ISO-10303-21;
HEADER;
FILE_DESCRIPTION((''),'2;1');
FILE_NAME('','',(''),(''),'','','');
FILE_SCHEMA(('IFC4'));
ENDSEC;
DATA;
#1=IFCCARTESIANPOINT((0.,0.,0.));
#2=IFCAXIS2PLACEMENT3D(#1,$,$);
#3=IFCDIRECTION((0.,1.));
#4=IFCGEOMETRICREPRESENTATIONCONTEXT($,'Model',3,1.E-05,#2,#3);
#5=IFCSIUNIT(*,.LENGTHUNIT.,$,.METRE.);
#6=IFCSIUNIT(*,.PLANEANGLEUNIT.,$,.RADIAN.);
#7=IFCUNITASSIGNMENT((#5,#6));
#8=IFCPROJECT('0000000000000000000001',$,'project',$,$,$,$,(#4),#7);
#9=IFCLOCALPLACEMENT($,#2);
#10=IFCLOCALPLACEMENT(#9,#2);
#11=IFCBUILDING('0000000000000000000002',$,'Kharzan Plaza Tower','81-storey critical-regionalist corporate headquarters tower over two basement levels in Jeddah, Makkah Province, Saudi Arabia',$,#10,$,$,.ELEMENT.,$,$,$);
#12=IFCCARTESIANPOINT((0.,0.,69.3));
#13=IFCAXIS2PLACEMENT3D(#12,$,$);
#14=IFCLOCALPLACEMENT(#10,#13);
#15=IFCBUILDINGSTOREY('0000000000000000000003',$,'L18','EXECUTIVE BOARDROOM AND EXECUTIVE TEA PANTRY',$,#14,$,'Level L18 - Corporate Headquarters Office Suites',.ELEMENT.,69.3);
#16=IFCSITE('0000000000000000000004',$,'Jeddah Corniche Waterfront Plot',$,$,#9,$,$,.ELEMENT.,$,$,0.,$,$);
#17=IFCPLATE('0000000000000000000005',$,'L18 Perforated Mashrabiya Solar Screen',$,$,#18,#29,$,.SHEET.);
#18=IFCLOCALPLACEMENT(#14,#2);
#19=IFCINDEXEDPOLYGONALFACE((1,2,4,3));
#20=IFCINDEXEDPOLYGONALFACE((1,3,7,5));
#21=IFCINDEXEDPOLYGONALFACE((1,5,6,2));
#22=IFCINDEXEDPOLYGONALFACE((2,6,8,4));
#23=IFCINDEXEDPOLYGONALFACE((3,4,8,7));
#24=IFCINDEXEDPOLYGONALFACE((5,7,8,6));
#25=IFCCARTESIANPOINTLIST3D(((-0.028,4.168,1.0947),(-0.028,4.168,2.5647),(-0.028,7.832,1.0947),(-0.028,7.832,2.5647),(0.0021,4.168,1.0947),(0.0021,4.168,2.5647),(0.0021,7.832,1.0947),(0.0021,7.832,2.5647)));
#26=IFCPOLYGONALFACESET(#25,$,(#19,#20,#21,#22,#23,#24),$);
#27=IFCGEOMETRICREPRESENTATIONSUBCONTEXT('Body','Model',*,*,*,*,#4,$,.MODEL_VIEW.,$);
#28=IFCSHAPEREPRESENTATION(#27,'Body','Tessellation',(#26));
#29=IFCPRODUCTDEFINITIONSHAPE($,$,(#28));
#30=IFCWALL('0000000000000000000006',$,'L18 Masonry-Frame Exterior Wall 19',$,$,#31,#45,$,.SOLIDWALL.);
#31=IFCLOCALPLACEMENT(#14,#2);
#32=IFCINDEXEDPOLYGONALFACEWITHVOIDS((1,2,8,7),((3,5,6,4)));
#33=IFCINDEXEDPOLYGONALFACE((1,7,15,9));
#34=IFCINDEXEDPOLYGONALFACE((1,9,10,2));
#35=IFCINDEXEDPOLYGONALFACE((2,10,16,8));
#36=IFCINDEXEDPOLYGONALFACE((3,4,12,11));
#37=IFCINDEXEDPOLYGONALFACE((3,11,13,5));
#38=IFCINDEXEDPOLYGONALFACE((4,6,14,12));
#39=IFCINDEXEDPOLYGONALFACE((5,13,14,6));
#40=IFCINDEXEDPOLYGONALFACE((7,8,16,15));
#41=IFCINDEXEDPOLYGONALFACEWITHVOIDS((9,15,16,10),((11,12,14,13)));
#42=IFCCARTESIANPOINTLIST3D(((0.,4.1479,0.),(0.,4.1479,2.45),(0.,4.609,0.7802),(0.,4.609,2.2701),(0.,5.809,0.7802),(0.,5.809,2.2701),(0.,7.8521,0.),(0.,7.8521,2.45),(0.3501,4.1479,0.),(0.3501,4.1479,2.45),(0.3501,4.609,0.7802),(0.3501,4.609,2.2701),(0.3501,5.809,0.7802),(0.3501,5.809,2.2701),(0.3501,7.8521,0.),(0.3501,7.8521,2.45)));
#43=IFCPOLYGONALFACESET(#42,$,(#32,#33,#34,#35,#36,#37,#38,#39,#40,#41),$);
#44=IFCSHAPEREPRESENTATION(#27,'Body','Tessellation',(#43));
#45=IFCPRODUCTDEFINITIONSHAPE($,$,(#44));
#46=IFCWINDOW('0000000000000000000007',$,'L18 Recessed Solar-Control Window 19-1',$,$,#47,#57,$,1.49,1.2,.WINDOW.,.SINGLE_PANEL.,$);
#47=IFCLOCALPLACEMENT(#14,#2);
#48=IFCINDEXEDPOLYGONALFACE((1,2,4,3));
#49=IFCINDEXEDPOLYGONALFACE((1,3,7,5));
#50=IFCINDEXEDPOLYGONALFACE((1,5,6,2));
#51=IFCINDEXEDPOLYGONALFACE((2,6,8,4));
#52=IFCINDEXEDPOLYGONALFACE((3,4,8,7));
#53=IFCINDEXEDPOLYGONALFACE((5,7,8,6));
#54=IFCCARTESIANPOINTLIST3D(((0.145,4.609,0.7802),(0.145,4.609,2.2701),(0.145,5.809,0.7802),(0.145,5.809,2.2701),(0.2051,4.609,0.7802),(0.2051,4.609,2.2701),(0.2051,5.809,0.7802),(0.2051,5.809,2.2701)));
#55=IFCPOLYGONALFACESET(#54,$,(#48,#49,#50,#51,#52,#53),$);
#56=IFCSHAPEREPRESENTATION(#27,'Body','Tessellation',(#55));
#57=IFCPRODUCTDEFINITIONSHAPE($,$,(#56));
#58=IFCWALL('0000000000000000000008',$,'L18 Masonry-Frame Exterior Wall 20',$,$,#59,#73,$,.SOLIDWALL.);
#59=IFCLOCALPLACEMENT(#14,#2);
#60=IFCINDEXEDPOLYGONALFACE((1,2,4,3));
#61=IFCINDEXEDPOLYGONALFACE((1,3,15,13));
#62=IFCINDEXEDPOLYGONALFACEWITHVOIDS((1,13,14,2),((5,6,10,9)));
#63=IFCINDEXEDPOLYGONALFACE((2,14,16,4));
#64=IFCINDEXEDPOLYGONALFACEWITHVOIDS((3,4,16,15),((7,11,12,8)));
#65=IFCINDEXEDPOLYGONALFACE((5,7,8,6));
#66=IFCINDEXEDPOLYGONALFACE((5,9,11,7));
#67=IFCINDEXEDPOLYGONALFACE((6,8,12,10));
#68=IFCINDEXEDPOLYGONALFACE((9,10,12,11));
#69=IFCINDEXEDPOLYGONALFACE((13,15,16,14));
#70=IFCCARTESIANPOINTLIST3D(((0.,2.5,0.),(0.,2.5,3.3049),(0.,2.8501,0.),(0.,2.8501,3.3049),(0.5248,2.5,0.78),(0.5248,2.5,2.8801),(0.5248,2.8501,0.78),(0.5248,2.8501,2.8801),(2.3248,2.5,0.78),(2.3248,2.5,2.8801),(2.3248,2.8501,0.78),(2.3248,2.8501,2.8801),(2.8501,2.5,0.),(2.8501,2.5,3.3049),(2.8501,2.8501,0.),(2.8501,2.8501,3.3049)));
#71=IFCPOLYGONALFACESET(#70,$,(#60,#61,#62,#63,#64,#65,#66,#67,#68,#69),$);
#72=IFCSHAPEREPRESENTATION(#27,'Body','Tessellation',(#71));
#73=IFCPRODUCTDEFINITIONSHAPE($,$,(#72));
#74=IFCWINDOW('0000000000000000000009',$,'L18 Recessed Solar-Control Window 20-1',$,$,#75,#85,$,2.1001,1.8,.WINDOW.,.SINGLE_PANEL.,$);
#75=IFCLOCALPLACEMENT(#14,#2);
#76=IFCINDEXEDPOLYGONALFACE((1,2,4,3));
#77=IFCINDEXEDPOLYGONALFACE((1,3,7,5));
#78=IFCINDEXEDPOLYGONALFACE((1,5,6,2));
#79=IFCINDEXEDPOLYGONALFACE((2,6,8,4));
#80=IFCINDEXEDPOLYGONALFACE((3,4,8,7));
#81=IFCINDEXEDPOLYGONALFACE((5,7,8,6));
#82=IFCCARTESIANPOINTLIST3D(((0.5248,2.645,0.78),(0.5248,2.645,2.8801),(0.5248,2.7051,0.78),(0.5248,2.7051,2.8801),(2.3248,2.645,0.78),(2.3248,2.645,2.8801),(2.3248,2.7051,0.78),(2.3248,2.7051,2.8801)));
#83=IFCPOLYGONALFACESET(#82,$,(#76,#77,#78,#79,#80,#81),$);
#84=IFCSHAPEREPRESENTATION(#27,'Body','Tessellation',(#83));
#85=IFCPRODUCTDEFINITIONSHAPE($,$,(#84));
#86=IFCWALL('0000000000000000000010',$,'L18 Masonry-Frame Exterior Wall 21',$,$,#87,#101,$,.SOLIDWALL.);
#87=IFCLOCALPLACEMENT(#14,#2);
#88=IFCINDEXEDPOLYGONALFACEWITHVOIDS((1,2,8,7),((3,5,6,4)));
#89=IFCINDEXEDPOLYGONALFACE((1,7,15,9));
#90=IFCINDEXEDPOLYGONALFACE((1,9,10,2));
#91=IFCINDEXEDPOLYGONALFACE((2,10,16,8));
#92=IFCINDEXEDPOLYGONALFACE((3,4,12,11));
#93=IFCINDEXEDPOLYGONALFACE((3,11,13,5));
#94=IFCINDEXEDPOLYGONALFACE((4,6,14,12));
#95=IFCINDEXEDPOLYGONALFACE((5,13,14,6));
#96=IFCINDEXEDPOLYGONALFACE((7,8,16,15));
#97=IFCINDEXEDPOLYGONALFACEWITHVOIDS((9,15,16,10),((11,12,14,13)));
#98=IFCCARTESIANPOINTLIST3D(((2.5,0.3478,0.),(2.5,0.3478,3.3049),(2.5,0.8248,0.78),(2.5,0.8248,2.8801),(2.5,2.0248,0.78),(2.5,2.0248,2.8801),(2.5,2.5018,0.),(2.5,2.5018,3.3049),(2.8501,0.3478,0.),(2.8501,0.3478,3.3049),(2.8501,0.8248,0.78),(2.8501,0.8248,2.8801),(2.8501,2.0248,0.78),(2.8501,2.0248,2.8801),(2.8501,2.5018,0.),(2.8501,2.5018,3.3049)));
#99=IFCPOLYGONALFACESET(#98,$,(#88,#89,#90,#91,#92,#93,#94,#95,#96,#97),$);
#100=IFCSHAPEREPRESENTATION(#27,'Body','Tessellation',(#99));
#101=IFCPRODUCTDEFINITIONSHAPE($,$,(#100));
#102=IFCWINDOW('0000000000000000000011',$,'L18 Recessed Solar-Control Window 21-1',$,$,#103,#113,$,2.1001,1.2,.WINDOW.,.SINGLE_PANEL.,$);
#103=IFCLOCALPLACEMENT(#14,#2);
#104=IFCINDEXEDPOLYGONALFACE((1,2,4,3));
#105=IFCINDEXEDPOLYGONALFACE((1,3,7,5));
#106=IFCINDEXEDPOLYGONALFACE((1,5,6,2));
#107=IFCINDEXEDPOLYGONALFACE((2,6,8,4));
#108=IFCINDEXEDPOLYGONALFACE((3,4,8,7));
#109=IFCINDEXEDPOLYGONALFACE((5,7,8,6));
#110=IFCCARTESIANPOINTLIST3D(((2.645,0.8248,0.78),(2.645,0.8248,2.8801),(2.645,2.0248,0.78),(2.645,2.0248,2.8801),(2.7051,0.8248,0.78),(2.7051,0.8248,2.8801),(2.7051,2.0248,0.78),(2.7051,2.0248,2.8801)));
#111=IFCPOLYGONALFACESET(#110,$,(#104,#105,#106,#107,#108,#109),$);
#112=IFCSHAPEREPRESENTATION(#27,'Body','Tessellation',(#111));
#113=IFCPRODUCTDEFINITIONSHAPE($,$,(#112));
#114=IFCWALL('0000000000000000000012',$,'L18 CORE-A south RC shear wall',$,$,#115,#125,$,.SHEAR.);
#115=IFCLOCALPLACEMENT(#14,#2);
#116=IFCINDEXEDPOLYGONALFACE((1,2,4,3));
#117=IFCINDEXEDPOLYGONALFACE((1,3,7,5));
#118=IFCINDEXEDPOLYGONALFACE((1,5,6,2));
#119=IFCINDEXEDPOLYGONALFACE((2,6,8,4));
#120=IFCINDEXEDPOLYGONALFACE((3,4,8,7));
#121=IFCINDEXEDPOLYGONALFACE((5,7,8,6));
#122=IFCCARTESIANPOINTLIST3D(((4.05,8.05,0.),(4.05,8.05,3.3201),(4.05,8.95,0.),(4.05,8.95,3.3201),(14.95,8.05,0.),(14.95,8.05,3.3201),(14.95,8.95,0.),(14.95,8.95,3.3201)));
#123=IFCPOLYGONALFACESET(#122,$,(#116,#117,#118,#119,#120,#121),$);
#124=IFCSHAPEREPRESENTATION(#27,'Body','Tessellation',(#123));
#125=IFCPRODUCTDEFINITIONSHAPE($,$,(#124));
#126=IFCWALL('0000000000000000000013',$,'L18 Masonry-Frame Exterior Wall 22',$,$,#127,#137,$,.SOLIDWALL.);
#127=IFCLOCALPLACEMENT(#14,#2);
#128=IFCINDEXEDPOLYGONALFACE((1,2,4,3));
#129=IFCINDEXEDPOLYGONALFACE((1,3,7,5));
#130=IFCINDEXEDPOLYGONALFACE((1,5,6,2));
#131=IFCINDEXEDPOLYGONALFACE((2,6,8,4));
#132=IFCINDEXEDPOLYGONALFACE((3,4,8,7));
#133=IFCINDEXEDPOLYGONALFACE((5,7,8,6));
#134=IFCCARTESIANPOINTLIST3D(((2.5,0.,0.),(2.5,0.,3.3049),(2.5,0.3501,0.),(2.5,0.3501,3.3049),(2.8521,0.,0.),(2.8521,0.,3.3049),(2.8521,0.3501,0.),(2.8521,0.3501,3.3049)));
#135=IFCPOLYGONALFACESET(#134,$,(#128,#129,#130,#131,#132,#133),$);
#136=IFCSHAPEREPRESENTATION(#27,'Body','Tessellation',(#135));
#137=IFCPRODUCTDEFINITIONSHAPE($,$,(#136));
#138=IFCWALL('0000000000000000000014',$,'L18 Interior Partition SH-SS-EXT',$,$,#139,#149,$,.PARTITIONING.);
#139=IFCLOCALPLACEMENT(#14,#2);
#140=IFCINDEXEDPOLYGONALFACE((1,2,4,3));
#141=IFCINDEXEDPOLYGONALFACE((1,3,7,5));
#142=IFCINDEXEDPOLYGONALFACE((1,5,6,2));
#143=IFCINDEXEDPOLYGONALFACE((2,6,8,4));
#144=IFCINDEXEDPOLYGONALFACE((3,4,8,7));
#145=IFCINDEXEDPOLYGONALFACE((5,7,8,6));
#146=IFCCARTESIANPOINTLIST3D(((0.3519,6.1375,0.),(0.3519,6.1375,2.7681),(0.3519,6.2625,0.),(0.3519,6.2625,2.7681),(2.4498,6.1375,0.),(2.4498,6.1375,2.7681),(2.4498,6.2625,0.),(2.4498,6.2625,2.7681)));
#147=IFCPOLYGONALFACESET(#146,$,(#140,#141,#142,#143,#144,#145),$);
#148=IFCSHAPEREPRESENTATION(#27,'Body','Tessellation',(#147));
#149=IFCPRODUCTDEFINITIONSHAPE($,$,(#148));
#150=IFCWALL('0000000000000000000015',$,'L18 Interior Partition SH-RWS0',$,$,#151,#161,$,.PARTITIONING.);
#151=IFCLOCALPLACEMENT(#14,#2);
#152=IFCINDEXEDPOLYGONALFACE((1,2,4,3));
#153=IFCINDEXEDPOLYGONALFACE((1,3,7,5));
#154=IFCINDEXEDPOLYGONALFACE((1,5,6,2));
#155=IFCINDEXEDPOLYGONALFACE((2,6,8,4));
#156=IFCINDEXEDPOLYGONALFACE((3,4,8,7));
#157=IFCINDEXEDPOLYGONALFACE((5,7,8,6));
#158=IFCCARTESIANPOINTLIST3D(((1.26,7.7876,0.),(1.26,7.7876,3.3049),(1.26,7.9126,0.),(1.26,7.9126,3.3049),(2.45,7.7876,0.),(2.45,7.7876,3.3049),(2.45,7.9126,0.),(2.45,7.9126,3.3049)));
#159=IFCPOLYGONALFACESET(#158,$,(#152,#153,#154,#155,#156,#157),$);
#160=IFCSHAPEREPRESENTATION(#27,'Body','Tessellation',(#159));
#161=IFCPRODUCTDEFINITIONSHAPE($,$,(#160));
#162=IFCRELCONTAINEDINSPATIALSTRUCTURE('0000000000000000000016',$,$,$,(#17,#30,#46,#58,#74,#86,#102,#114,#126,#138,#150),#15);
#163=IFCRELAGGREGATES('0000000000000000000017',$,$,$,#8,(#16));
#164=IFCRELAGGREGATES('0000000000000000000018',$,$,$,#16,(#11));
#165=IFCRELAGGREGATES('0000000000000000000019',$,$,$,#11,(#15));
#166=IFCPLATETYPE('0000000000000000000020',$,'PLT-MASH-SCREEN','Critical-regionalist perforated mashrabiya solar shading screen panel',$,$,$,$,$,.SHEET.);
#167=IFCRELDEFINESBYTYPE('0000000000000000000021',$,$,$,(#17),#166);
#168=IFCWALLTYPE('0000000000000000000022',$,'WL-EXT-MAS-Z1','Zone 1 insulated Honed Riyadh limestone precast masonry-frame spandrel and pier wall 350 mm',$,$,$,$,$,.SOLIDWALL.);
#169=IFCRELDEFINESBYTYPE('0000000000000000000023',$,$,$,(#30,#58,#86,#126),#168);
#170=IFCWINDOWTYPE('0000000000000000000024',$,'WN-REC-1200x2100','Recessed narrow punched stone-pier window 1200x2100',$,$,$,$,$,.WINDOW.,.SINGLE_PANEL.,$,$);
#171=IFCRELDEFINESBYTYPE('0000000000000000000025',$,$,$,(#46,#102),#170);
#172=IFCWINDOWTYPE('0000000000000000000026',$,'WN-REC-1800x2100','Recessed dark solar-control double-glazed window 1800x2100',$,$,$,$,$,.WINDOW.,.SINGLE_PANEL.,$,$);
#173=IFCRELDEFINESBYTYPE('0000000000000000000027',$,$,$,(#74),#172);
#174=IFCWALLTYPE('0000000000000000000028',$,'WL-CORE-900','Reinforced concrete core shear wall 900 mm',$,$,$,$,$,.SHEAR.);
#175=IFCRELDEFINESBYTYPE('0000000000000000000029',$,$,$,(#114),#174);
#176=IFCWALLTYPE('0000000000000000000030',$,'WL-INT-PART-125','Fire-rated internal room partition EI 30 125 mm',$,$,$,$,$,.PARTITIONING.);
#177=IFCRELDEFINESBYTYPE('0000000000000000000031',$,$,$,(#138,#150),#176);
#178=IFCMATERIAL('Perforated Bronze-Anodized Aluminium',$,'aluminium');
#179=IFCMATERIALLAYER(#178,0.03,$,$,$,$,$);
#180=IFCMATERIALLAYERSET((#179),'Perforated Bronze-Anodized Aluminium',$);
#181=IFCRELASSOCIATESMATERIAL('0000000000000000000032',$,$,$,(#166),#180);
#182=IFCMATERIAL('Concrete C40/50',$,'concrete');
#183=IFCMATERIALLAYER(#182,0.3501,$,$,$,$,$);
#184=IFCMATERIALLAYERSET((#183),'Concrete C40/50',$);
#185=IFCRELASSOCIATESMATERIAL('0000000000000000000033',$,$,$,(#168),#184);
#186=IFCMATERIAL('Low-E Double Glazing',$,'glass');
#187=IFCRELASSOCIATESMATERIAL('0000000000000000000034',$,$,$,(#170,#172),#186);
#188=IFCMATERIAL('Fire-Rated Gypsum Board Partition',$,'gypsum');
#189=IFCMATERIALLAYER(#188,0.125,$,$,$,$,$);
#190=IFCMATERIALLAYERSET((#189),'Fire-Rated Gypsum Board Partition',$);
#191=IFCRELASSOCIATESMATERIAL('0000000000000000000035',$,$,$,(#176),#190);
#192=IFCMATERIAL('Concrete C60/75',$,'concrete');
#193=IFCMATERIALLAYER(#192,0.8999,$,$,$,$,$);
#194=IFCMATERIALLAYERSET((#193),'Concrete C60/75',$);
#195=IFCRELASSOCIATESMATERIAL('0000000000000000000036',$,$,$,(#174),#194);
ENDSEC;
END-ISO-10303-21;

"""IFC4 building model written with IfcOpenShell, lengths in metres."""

from ifc_helpers import new_model, si_unit, direction, frame, frame_2d, origin, origin_2d, place, context, subcontext, project, spatial, rectangle, extrude, source, transform, mapped, material, layer, layer_set, type_object, element, fill, save


model = new_model("IFC4")

# Units and contexts
model_context = context("Model", 3, precision=1e-05, world=origin(), true_north=direction((0.0, 1.0)))
body_context = subcontext(model_context, "Body", "Model", "MODEL_VIEW")
ifc_project = project(units=[si_unit("LENGTHUNIT", "METRE"), si_unit("PLANEANGLEUNIT", "RADIAN")], contexts=[model_context])

# Site, building, storey
site_placement = place(None, origin())
site = spatial("IfcSite", under=ifc_project, at=site_placement, Name="Jeddah Corniche Waterfront Plot", CompositionType="ELEMENT", RefElevation=0.0)
building_placement = place(site_placement, origin())
building = spatial("IfcBuilding", under=site, at=building_placement, Name="Kharzan Plaza Tower", Description="81-storey critical-regionalist corporate headquarters tower over two basement levels in Jeddah, Makkah Province, Saudi Arabia", CompositionType="ELEMENT")
storey_placement = place(building_placement, frame((0.0, 0.0, 69.3)))
storey = spatial("IfcBuildingStorey", under=building, at=storey_placement, Name="L18", Description="EXECUTIVE BOARDROOM AND EXECUTIVE TEA PANTRY", LongName="Level L18 - Corporate Headquarters Office Suites", CompositionType="ELEMENT", Elevation=69.3)

# Shared definitions
ifc_material_1 = material(Name="Concrete C60/75", Category="concrete")

# Shared definitions
ifc_material_2 = material(Name="Concrete C40/50", Category="concrete")

# Plate
ifc_material_3 = material(Name="Perforated Bronze-Anodized Aluminium", Category="aluminium")
ifc_layer_1 = layer(ifc_material_3, 0.03)
ifc_layer_set_1 = layer_set([ifc_layer_1], Name="Perforated Bronze-Anodized Aluminium")
plate_type = type_object("IfcPlateType", Name="PLT-MASH-SCREEN", Description="Critical-regionalist perforated mashrabiya solar shading screen panel", PredefinedType="SHEET", material=ifc_layer_set_1)
shared_shape_1 = source(origin(), body_context, "Body", "SweptSolid", [
    extrude(rectangle(XDim=3.6641, YDim=0.03, at=origin_2d()), origin(), (0.0, 0.0, 1.0), 1.47),
])
plate_placement = place(storey_placement, frame((-0.0129, 6.0, 1.0947), z_axis=(0.0, 0.0, 1.0), x_axis=(0.0, -1.0, 0.0)))
element("IfcPlate", 1, at=plate_placement, inside=storey, type_object=plate_type, Name="L18 Perforated Mashrabiya Solar Screen", PredefinedType="SHEET", context=body_context, shape_type="MappedRepresentation", body=[
    mapped(shared_shape_1, transform((0.0, 0.0, 0.0), x_axis=(1.0, 0.0, 0.0), y_axis=(0.0, 1.0, 0.0), z_axis=(0.0, 0.0, 1.0))),
])

# Walls, openings, windows
ifc_layer_2 = layer(ifc_material_2, 0.3501)
ifc_layer_set_2 = layer_set([ifc_layer_2], Name="Concrete C40/50")
wall_type_1 = type_object("IfcWallType", Name="WL-EXT-MAS-Z1", Description="Zone 1 insulated Honed Riyadh limestone precast masonry-frame spandrel and pier wall 350 mm", PredefinedType="SOLIDWALL", material=ifc_layer_set_2)
wall_1_placement = place(storey_placement, frame((0.175, 7.8521, 0.0), z_axis=(0.0, 0.0, 1.0), x_axis=(0.0, -1.0, 0.0)))
wall_1 = element("IfcWall", 2, at=wall_1_placement, inside=storey, type_object=wall_type_1, Name="L18 Masonry-Frame Exterior Wall 19", PredefinedType="SOLIDWALL", context=body_context, shape_type="SweptSolid", body=[
    extrude(rectangle(XDim=3.7041, YDim=0.3501, at=frame_2d((1.8521, 0.0))), origin(), (0.0, 0.0, 1.0), 2.45),
])
opening_1_placement = place(wall_1_placement, frame((2.043, 0.0, 0.78)))
opening_1 = element("IfcOpeningElement", 3, at=opening_1_placement, cuts=wall_1, PredefinedType="OPENING", context=body_context, shape_type="SweptSolid", body=[
    extrude(rectangle(XDim=1.2, YDim=1.49, at=frame_2d((0.6001, 0.7451))), frame((0.0, 0.1851, 0.0), z_axis=(0.0, -1.0, 0.0), x_axis=(1.0, 0.0, 0.0)), (0.0, 0.0, 1.0), 0.3701),
])
ifc_material_4 = material(Name="Low-E Double Glazing", Category="glass")
window_type_1 = type_object("IfcWindowType", Name="WN-REC-1200x2100", Description="Recessed narrow punched stone-pier window 1200x2100", PartitioningType="SINGLE_PANEL", PredefinedType="WINDOW", material=ifc_material_4)
shared_shape_2 = source(origin(), body_context, "Body", "SweptSolid", [
    extrude(rectangle(XDim=1.2, YDim=1.49, at=frame_2d((0.6001, 0.7451))), frame((0.0, 0.03, 0.0), z_axis=(0.0, -1.0, 0.0), x_axis=(1.0, 0.0, 0.0)), (0.0, 0.0, 1.0), 0.0601),
])
window_1_placement = place(opening_1_placement, origin())
window_1 = element("IfcWindow", 4, at=window_1_placement, inside=storey, type_object=window_type_1, Name="L18 Recessed Solar-Control Window 19-1", OverallHeight=1.49, OverallWidth=1.2, PartitioningType="SINGLE_PANEL", PredefinedType="WINDOW", context=body_context, shape_type="MappedRepresentation", body=[
    mapped(shared_shape_2, transform((0.0, 0.0, 0.0), x_axis=(1.0, 0.0, 0.0), y_axis=(0.0, 1.0, 0.0), z_axis=(0.0, 0.0, 1.0))),
])
fill(opening_1, window_1)
wall_2_placement = place(storey_placement, frame((0.0, 2.675, 0.0), z_axis=(0.0, 0.0, 1.0), x_axis=(1.0, 0.0, 0.0)))
wall_2 = element("IfcWall", 5, at=wall_2_placement, inside=storey, type_object=wall_type_1, Name="L18 Masonry-Frame Exterior Wall 20", PredefinedType="SOLIDWALL", context=body_context, shape_type="SweptSolid", body=[
    extrude(rectangle(XDim=2.8501, YDim=0.3501, at=frame_2d((1.425, 0.0))), origin(), (0.0, 0.0, 1.0), 3.3049),
])
opening_2_placement = place(wall_2_placement, frame((0.5249, 0.0, 0.78)))
opening_2 = element("IfcOpeningElement", 6, at=opening_2_placement, cuts=wall_2, PredefinedType="OPENING", context=body_context, shape_type="SweptSolid", body=[
    extrude(rectangle(XDim=1.8, YDim=2.1001, at=frame_2d((0.8999, 1.05))), frame((0.0, 0.1851, 0.0), z_axis=(0.0, -1.0, 0.0), x_axis=(1.0, 0.0, 0.0)), (0.0, 0.0, 1.0), 0.3701),
])
window_type_2 = type_object("IfcWindowType", Name="WN-REC-1800x2100", Description="Recessed dark solar-control double-glazed window 1800x2100", PartitioningType="SINGLE_PANEL", PredefinedType="WINDOW", material=ifc_material_4)
shared_shape_3 = source(origin(), body_context, "Body", "SweptSolid", [
    extrude(rectangle(XDim=1.8, YDim=2.1001, at=frame_2d((0.8999, 1.05))), frame((0.0, 0.03, 0.0), z_axis=(0.0, -1.0, 0.0), x_axis=(1.0, 0.0, 0.0)), (0.0, 0.0, 1.0), 0.0601),
])
window_2_placement = place(opening_2_placement, origin())
window_2 = element("IfcWindow", 7, at=window_2_placement, inside=storey, type_object=window_type_2, Name="L18 Recessed Solar-Control Window 20-1", OverallHeight=2.1001, OverallWidth=1.8, PartitioningType="SINGLE_PANEL", PredefinedType="WINDOW", context=body_context, shape_type="MappedRepresentation", body=[
    mapped(shared_shape_3, transform((0.0, 0.0, 0.0), x_axis=(1.0, 0.0, 0.0), y_axis=(0.0, 1.0, 0.0), z_axis=(0.0, 0.0, 1.0))),
])
fill(opening_2, window_2)
wall_3_placement = place(storey_placement, frame((2.675, 2.502, 0.0), z_axis=(0.0, 0.0, 1.0), x_axis=(0.0, -1.0, 0.0)))
wall_3 = element("IfcWall", 8, at=wall_3_placement, inside=storey, type_object=wall_type_1, Name="L18 Masonry-Frame Exterior Wall 21", PredefinedType="SOLIDWALL", context=body_context, shape_type="SweptSolid", body=[
    extrude(rectangle(XDim=2.1541, YDim=0.3501, at=frame_2d((1.0771, 0.0))), origin(), (0.0, 0.0, 1.0), 3.3049),
])
opening_3_placement = place(wall_3_placement, frame((0.4771, 0.0, 0.78)))
opening_3 = element("IfcOpeningElement", 9, at=opening_3_placement, cuts=wall_3, PredefinedType="OPENING", context=body_context, shape_type="SweptSolid", body=[
    extrude(rectangle(XDim=1.2, YDim=2.1001, at=frame_2d((0.6001, 1.05))), frame((0.0, 0.1851, 0.0), z_axis=(0.0, -1.0, 0.0), x_axis=(1.0, 0.0, 0.0)), (0.0, 0.0, 1.0), 0.3701),
])
shared_shape_4 = source(origin(), body_context, "Body", "SweptSolid", [
    extrude(rectangle(XDim=1.2, YDim=2.1001, at=frame_2d((0.6001, 1.05))), frame((0.0, 0.03, 0.0), z_axis=(0.0, -1.0, 0.0), x_axis=(1.0, 0.0, 0.0)), (0.0, 0.0, 1.0), 0.0601),
])
window_3_placement = place(opening_3_placement, origin())
window_3 = element("IfcWindow", 10, at=window_3_placement, inside=storey, type_object=window_type_1, Name="L18 Recessed Solar-Control Window 21-1", OverallHeight=2.1001, OverallWidth=1.2, PartitioningType="SINGLE_PANEL", PredefinedType="WINDOW", context=body_context, shape_type="MappedRepresentation", body=[
    mapped(shared_shape_4, transform((0.0, 0.0, 0.0), x_axis=(1.0, 0.0, 0.0), y_axis=(0.0, 1.0, 0.0), z_axis=(0.0, 0.0, 1.0))),
])
fill(opening_3, window_3)

# Shared definitions
ifc_material_5 = material(Name="Fire-Rated Gypsum Board Partition", Category="gypsum")
ifc_layer_3 = layer(ifc_material_5, 0.125)
ifc_layer_set_3 = layer_set([ifc_layer_3], Name="Fire-Rated Gypsum Board Partition")
wall_type_2 = type_object("IfcWallType", Name="WL-INT-PART-125", Description="Fire-rated internal room partition EI 30 125 mm", PredefinedType="PARTITIONING", material=ifc_layer_set_3)

# Walls
ifc_layer_4 = layer(ifc_material_1, 0.8999)
ifc_layer_set_4 = layer_set([ifc_layer_4], Name="Concrete C60/75")
wall_type_3 = type_object("IfcWallType", Name="WL-CORE-900", Description="Reinforced concrete core shear wall 900 mm", PredefinedType="SHEAR", material=ifc_layer_set_4)
shared_shape_5 = source(origin(), body_context, "Body", "SweptSolid", [
    extrude(rectangle(XDim=10.8999, YDim=0.8999, at=frame_2d((5.45, 0.0))), origin(), (0.0, 0.0, 1.0), 3.3201),
])
wall_4_placement = place(storey_placement, frame((4.05, 8.5, 0.0), z_axis=(0.0, 0.0, 1.0), x_axis=(1.0, 0.0, 0.0)))
element("IfcWall", 11, at=wall_4_placement, inside=storey, type_object=wall_type_3, Name="L18 CORE-A south RC shear wall", PredefinedType="SHEAR", context=body_context, shape_type="MappedRepresentation", body=[
    mapped(shared_shape_5, transform((0.0, 0.0, 0.0), x_axis=(1.0, 0.0, 0.0), y_axis=(0.0, 1.0, 0.0), z_axis=(0.0, 0.0, 1.0))),
])
shared_shape_6 = source(origin(), body_context, "Body", "SweptSolid", [
    extrude(rectangle(XDim=0.3521, YDim=0.3501, at=frame_2d((0.176, 0.0))), origin(), (0.0, 0.0, 1.0), 3.3049),
])
wall_5_placement = place(storey_placement, frame((2.5, 0.175, 0.0), z_axis=(0.0, 0.0, 1.0), x_axis=(1.0, 0.0, 0.0)))
element("IfcWall", 12, at=wall_5_placement, inside=storey, type_object=wall_type_1, Name="L18 Masonry-Frame Exterior Wall 22", PredefinedType="SOLIDWALL", context=body_context, shape_type="MappedRepresentation", body=[
    mapped(shared_shape_6, transform((0.0, 0.0, 0.0), x_axis=(1.0, 0.0, 0.0), y_axis=(0.0, 1.0, 0.0), z_axis=(0.0, 0.0, 1.0))),
])
shared_shape_7 = source(origin(), body_context, "Body", "SweptSolid", [
    extrude(rectangle(XDim=2.0979, YDim=0.125, at=frame_2d((1.0488, 0.0))), origin(), (0.0, 0.0, 1.0), 2.7681),
])
wall_6_placement = place(storey_placement, frame((0.3521, 6.2, 0.0), z_axis=(0.0, 0.0, 1.0), x_axis=(1.0, 0.0, 0.0)))
element("IfcWall", 13, at=wall_6_placement, inside=storey, type_object=wall_type_2, Name="L18 Interior Partition SH-SS-EXT", PredefinedType="PARTITIONING", context=body_context, shape_type="MappedRepresentation", body=[
    mapped(shared_shape_7, transform((0.0, 0.0, 0.0), x_axis=(1.0, 0.0, 0.0), y_axis=(0.0, 1.0, 0.0), z_axis=(0.0, 0.0, 1.0))),
])
shared_shape_8 = source(origin(), body_context, "Body", "SweptSolid", [
    extrude(rectangle(XDim=1.1899, YDim=0.125, at=frame_2d((0.595, 0.0))), origin(), (0.0, 0.0, 1.0), 3.3049),
])
wall_7_placement = place(storey_placement, frame((1.26, 7.8501, 0.0), z_axis=(0.0, 0.0, 1.0), x_axis=(1.0, 0.0, 0.0)))
element("IfcWall", 14, at=wall_7_placement, inside=storey, type_object=wall_type_2, Name="L18 Interior Partition SH-RWS0", PredefinedType="PARTITIONING", context=body_context, shape_type="MappedRepresentation", body=[
    mapped(shared_shape_8, transform((0.0, 0.0, 0.0), x_axis=(1.0, 0.0, 0.0), y_axis=(0.0, 1.0, 0.0), z_axis=(0.0, 0.0, 1.0))),
])

save(model, "model.ifc")
